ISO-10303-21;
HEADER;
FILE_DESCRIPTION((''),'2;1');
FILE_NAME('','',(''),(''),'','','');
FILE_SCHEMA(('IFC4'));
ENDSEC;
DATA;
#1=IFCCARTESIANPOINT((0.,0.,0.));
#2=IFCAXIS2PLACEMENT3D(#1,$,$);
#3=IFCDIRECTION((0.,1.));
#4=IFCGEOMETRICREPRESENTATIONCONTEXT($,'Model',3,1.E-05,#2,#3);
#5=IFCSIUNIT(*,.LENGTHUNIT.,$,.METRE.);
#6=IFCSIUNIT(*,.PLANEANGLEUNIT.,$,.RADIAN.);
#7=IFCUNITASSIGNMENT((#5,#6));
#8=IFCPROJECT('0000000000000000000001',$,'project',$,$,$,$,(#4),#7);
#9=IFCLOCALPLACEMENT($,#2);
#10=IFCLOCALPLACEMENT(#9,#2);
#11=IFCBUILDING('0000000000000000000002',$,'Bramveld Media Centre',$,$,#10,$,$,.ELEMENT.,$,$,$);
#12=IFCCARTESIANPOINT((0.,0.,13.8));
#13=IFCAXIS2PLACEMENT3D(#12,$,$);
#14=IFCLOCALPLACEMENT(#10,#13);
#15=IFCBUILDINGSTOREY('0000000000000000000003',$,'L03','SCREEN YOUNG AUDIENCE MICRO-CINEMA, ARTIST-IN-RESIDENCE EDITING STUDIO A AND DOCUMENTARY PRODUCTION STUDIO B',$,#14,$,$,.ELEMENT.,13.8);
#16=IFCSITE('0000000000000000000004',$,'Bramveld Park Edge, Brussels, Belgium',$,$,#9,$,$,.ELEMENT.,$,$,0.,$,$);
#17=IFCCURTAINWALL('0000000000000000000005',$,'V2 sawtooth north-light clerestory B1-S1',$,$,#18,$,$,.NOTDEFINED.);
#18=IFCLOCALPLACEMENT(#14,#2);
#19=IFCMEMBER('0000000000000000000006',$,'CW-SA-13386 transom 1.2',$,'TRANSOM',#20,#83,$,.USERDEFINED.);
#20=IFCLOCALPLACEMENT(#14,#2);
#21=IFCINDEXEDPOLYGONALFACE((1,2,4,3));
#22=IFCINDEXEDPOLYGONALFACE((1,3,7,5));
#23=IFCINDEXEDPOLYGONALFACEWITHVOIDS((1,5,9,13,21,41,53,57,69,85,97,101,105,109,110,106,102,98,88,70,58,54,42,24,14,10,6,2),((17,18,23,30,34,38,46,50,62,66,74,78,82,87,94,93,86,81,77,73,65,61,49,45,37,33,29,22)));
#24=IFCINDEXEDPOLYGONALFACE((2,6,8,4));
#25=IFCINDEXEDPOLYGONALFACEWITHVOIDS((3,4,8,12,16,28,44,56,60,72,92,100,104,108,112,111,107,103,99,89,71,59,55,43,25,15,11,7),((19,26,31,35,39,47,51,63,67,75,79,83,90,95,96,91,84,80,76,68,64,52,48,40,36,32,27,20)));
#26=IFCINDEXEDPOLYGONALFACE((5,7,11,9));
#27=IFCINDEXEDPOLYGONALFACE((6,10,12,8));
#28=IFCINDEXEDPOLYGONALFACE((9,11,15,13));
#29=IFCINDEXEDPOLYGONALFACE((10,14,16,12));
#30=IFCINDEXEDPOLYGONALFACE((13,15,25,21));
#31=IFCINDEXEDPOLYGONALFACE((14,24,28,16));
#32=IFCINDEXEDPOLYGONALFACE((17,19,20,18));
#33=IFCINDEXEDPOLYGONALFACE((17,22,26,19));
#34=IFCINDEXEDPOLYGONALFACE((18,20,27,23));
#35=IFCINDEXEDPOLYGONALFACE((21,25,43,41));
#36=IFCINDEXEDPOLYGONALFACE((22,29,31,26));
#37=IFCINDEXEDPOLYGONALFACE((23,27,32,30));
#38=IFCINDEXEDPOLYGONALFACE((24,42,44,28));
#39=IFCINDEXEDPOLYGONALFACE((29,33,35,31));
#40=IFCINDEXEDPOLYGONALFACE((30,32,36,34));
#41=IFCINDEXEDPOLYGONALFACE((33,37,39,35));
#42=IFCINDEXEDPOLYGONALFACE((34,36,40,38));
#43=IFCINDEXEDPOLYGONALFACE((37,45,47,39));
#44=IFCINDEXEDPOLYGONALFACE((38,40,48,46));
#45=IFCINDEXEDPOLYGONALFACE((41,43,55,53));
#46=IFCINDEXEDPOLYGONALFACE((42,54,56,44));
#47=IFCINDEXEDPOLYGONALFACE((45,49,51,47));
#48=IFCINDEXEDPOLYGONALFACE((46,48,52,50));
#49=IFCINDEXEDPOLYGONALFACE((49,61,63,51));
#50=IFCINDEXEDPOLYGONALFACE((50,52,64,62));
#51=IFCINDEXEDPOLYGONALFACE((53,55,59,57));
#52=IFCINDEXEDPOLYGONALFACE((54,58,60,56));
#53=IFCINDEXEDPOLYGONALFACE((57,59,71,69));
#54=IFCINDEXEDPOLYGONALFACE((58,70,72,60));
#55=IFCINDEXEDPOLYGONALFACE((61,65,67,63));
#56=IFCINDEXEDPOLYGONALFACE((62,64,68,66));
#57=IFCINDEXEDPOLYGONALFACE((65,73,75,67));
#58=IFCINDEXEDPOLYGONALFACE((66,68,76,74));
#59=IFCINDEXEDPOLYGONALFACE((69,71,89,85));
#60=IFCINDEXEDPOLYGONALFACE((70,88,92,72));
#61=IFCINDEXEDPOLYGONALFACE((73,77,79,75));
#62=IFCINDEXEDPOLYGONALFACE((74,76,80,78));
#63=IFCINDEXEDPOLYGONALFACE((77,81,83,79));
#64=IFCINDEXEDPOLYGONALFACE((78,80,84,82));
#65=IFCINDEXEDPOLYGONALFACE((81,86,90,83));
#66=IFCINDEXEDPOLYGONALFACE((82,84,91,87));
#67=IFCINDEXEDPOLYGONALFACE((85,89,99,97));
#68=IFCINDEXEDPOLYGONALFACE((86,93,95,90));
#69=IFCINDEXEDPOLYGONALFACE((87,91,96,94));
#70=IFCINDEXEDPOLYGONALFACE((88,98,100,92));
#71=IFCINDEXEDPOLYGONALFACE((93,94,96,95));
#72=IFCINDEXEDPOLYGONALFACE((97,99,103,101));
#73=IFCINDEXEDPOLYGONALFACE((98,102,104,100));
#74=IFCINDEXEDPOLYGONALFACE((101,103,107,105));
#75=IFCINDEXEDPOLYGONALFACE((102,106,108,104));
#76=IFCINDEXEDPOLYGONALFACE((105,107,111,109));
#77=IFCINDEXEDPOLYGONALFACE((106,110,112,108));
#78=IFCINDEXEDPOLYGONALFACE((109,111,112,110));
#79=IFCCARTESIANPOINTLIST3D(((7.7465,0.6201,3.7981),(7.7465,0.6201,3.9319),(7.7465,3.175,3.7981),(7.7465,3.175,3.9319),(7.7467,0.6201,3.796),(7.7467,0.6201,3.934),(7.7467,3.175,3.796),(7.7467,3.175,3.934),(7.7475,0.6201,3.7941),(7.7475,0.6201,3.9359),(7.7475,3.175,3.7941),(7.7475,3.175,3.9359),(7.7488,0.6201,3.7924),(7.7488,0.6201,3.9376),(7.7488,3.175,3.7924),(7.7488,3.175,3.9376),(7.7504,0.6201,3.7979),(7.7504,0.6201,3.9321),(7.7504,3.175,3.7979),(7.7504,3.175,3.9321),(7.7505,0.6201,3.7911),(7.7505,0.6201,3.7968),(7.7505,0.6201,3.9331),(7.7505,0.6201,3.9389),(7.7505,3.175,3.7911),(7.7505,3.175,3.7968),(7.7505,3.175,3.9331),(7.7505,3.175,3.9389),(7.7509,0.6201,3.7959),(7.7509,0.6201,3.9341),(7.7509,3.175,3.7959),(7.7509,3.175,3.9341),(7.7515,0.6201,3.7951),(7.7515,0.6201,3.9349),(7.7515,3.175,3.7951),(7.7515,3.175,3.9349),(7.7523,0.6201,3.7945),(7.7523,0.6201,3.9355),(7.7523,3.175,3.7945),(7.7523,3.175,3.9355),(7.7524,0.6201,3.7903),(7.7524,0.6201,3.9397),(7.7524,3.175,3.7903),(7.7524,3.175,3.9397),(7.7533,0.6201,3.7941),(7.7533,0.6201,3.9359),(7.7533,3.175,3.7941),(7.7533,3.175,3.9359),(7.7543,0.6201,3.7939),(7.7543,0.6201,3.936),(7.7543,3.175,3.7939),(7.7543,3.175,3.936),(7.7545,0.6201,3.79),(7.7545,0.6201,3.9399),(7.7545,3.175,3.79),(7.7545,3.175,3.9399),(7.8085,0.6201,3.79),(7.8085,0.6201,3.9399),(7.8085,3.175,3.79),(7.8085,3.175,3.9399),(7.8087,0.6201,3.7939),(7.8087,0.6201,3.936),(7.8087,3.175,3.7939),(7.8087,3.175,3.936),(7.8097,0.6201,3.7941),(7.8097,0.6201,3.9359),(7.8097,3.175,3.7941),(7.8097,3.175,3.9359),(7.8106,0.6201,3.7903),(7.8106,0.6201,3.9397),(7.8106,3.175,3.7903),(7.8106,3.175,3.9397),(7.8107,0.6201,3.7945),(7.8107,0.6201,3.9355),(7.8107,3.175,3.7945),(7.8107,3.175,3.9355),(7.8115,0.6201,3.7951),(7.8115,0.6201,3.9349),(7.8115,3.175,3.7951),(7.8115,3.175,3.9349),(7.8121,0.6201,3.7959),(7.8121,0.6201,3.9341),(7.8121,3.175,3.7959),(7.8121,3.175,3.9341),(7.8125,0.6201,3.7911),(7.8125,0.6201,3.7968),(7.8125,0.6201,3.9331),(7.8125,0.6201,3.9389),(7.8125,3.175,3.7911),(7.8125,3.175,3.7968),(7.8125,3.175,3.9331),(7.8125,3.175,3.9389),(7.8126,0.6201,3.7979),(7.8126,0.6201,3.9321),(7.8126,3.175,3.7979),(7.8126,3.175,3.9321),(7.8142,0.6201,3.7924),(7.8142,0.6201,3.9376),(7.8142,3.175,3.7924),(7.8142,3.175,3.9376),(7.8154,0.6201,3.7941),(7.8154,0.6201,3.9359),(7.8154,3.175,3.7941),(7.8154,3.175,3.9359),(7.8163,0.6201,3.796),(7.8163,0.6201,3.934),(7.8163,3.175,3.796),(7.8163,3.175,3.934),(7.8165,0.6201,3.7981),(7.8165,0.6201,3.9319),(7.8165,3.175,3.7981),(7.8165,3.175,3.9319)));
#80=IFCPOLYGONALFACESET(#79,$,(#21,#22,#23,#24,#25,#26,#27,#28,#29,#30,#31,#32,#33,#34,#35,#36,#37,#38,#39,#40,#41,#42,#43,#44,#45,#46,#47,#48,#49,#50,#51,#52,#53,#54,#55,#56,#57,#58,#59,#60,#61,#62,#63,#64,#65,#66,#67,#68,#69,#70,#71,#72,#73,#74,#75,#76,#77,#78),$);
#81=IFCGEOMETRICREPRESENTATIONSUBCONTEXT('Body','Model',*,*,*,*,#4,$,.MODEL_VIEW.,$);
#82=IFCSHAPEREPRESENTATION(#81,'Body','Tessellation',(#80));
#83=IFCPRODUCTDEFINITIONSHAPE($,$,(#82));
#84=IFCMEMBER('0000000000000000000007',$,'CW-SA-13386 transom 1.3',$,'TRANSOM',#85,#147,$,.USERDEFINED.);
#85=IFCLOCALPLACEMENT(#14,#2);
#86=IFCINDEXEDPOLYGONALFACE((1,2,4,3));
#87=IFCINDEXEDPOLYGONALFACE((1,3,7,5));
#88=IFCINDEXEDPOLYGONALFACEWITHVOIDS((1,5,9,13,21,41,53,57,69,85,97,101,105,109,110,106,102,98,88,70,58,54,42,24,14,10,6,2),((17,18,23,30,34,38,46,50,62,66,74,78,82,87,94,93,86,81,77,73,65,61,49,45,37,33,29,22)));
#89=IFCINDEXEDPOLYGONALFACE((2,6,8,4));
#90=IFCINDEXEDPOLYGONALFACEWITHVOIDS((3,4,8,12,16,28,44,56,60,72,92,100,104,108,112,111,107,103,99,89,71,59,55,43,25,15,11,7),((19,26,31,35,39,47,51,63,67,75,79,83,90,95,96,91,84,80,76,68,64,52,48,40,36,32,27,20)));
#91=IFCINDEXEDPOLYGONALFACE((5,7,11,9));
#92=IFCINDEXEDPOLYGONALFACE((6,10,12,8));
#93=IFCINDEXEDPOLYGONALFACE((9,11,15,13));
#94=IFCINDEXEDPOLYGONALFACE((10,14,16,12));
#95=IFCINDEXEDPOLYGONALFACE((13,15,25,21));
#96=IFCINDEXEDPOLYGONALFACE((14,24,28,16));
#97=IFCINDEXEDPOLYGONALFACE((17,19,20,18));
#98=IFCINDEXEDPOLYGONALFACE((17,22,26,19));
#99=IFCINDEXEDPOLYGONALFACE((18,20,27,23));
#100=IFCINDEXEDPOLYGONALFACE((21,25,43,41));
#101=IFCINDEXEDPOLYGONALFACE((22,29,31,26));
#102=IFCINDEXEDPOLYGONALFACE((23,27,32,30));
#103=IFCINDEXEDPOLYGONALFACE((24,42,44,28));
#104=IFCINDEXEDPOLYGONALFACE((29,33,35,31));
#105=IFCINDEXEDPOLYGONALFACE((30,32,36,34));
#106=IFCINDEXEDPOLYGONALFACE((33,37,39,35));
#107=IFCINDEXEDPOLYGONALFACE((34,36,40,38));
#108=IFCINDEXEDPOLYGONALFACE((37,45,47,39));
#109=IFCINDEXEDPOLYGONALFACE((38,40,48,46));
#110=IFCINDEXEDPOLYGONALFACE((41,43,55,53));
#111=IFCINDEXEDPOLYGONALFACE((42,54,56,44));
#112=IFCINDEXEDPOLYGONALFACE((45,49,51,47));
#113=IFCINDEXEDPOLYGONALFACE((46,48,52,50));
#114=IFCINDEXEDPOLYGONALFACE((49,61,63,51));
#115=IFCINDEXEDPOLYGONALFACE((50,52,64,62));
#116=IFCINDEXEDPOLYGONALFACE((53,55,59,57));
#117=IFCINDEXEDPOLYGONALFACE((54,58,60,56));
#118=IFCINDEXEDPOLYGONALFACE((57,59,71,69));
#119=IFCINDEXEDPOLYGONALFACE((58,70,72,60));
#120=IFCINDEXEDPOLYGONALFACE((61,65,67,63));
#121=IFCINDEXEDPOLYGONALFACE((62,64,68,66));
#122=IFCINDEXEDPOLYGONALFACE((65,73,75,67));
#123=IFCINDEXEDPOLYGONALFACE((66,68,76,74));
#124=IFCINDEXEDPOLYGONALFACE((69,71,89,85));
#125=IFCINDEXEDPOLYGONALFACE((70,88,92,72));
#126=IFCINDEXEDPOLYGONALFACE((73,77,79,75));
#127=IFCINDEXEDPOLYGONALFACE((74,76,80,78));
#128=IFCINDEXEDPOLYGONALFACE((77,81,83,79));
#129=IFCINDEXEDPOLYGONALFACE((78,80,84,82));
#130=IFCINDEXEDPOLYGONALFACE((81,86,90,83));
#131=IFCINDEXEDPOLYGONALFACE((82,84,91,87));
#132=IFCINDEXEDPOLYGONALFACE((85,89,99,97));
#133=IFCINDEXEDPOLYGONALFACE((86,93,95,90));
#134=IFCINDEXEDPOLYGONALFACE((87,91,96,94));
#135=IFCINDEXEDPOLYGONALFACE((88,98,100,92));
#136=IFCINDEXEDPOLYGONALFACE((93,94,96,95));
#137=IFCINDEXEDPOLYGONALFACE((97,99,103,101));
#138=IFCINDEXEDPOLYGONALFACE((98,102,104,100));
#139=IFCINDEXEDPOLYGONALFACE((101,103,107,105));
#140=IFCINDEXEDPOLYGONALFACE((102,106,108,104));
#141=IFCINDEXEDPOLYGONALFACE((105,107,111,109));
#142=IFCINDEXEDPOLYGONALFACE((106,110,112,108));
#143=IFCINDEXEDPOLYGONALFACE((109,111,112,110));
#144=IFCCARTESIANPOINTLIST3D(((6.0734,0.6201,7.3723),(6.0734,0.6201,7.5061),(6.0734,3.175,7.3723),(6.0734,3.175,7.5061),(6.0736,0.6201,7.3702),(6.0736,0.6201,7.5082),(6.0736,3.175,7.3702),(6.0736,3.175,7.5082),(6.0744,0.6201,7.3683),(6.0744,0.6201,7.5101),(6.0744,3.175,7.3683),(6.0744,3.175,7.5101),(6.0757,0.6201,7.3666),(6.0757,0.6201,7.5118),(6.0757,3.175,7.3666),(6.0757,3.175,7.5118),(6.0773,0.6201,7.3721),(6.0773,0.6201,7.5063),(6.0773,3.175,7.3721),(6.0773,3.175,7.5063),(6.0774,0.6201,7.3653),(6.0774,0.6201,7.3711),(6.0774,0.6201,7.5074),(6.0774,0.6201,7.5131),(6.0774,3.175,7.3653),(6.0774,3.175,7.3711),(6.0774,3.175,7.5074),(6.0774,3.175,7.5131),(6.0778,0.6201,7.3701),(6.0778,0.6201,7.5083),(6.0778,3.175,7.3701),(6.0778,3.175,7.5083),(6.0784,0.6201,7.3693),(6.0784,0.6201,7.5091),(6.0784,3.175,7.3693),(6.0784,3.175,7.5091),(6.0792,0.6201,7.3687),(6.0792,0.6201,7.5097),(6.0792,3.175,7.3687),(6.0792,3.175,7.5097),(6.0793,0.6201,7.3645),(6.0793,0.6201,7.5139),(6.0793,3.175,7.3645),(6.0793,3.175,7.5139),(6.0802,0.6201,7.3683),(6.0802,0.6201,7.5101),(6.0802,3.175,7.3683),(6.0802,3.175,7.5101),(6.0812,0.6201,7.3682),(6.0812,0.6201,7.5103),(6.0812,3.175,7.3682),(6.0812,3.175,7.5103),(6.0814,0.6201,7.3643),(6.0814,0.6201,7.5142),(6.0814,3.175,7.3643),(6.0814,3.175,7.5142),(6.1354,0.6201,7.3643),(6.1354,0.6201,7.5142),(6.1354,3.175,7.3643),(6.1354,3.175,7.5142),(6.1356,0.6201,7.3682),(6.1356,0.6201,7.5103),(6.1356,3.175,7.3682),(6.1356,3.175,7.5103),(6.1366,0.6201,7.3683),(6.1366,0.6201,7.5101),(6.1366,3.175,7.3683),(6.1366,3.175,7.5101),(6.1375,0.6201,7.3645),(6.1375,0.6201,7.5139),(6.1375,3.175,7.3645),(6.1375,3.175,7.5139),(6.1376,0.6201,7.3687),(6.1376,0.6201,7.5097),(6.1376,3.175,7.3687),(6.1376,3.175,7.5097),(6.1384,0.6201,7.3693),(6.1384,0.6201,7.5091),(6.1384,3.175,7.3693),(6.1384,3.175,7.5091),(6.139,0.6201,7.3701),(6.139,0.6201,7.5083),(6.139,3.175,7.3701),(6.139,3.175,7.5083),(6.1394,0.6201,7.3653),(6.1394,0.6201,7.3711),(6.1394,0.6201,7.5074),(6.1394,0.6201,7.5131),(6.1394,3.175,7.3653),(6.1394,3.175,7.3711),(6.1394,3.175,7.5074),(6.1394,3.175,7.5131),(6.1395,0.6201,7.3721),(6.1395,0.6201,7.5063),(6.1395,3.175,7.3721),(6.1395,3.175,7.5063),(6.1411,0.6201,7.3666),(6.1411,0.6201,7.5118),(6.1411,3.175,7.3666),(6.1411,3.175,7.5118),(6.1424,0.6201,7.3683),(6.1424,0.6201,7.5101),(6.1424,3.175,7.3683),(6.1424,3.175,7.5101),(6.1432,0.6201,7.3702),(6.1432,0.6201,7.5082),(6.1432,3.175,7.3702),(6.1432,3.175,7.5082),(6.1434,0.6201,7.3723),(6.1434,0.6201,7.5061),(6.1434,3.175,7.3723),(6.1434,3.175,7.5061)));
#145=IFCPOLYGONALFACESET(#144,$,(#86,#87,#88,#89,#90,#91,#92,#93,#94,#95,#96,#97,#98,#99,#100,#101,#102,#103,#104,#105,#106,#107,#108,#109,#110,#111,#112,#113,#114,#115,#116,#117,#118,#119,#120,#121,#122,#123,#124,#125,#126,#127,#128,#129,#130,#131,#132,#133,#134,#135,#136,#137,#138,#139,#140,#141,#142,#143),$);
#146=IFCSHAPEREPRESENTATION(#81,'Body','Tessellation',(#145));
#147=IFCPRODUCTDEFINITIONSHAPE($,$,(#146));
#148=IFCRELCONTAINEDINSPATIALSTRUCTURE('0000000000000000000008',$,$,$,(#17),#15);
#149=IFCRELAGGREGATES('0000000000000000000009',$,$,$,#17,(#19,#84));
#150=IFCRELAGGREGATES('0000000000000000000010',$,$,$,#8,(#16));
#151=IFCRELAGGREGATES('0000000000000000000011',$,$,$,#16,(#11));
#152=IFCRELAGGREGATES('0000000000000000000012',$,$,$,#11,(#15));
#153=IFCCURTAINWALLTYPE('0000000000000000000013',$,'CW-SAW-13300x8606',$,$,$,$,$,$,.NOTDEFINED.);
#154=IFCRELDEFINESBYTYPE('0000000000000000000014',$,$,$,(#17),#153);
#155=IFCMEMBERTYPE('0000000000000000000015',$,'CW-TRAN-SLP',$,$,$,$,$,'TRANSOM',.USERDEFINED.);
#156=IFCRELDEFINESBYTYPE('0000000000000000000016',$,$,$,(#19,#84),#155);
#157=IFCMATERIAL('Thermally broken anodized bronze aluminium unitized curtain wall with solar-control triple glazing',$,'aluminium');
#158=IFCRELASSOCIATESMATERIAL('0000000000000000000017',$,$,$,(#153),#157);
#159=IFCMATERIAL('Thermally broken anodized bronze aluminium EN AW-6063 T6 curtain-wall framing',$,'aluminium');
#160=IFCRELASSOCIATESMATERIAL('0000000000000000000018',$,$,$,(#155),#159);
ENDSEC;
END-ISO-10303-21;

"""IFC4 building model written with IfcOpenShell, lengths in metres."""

from ifc_helpers import new_model, si_unit, direction, frame, origin, origin_2d, place, context, subcontext, project, spatial, hollow_rectangle, extrude, material, material_profile, profile_set, type_object, element, aggregate, save


model = new_model("IFC4")

# Units and contexts
model_context = context("Model", 3, precision=1e-05, world=origin(), true_north=direction((0.0, 1.0)))
body_context = subcontext(model_context, "Body", "Model", "MODEL_VIEW")
ifc_project = project(units=[si_unit("LENGTHUNIT", "METRE"), si_unit("PLANEANGLEUNIT", "RADIAN")], contexts=[model_context])

# Site, building, storey
site_placement = place(None, origin())
site = spatial("IfcSite", under=ifc_project, at=site_placement, Name="Bramveld Park Edge, Brussels, Belgium", CompositionType="ELEMENT", RefElevation=0.0)
building_placement = place(site_placement, origin())
building = spatial("IfcBuilding", under=site, at=building_placement, Name="Bramveld Media Centre", CompositionType="ELEMENT")
storey_placement = place(building_placement, frame((0.0, 0.0, 13.8)))
storey = spatial("IfcBuildingStorey", under=building, at=storey_placement, Name="L03", Description="SCREEN YOUNG AUDIENCE MICRO-CINEMA, ARTIST-IN-RESIDENCE EDITING STUDIO A AND DOCUMENTARY PRODUCTION STUDIO B", CompositionType="ELEMENT", Elevation=13.8)

# Curtain wall, members
ifc_material_1 = material(Name="Thermally broken anodized bronze aluminium unitized curtain wall with solar-control triple glazing", Category="aluminium")
curtain_wall_type = type_object("IfcCurtainWallType", Name="CW-SAW-13300x8606", PredefinedType="NOTDEFINED", material=ifc_material_1)
curtain_wall_placement = place(storey_placement, origin())
curtain_wall = element("IfcCurtainWall", 1, at=curtain_wall_placement, inside=storey, type_object=curtain_wall_type, Name="V2 sawtooth north-light clerestory B1-S1", PredefinedType="NOTDEFINED")
ifc_material_2 = material(Name="Thermally broken anodized bronze aluminium EN AW-6063 T6 curtain-wall framing", Category="aluminium")
ifc_material_profile_1 = material_profile(ifc_material_2, hollow_rectangle(XDim=0.0701, YDim=0.1499, WallThickness=0.0039, InnerFilletRadius=0.0039, OuterFilletRadius=0.0081, at=origin_2d()), Name="AL-TRAN 70x150")
ifc_profile_set_1 = profile_set([ifc_material_profile_1], Name="Thermally broken anodized bronze aluminium EN AW-6063 T6 curtain-wall framing")
member_type_1 = type_object("IfcMemberType", Name="CW-TRAN-SLP", ElementType="TRANSOM", PredefinedType="USERDEFINED", material=ifc_profile_set_1)
member_1_placement = place(storey_placement, frame((7.7815, 0.6201, 3.865), z_axis=(0.0, 1.0, 0.0), x_axis=(-1.0, 0.0, 0.0)))
member_1 = element("IfcMember", 2, at=member_1_placement, type_object=member_type_1, Name="CW-SA-13386 transom 1.2", ObjectType="TRANSOM", PredefinedType="USERDEFINED", context=body_context, shape_type="SweptSolid", body=[
    extrude(hollow_rectangle(XDim=0.0701, YDim=0.1499, WallThickness=0.0039, InnerFilletRadius=0.0039, OuterFilletRadius=0.0081, at=origin_2d()), origin(), (0.0, 0.0, 1.0), 2.5549),
])
member_2_placement = place(storey_placement, frame((6.1084, 0.6201, 7.4392), z_axis=(0.0, 1.0, 0.0), x_axis=(-1.0, 0.0, 0.0)))
member_2 = element("IfcMember", 3, at=member_2_placement, type_object=member_type_1, Name="CW-SA-13386 transom 1.3", ObjectType="TRANSOM", PredefinedType="USERDEFINED", context=body_context, shape_type="SweptSolid", body=[
    extrude(hollow_rectangle(XDim=0.0701, YDim=0.1499, WallThickness=0.0039, InnerFilletRadius=0.0039, OuterFilletRadius=0.0081, at=origin_2d()), origin(), (0.0, 0.0, 1.0), 2.5549),
])

aggregate(curtain_wall, [member_1, member_2])

save(model, "model.ifc")
